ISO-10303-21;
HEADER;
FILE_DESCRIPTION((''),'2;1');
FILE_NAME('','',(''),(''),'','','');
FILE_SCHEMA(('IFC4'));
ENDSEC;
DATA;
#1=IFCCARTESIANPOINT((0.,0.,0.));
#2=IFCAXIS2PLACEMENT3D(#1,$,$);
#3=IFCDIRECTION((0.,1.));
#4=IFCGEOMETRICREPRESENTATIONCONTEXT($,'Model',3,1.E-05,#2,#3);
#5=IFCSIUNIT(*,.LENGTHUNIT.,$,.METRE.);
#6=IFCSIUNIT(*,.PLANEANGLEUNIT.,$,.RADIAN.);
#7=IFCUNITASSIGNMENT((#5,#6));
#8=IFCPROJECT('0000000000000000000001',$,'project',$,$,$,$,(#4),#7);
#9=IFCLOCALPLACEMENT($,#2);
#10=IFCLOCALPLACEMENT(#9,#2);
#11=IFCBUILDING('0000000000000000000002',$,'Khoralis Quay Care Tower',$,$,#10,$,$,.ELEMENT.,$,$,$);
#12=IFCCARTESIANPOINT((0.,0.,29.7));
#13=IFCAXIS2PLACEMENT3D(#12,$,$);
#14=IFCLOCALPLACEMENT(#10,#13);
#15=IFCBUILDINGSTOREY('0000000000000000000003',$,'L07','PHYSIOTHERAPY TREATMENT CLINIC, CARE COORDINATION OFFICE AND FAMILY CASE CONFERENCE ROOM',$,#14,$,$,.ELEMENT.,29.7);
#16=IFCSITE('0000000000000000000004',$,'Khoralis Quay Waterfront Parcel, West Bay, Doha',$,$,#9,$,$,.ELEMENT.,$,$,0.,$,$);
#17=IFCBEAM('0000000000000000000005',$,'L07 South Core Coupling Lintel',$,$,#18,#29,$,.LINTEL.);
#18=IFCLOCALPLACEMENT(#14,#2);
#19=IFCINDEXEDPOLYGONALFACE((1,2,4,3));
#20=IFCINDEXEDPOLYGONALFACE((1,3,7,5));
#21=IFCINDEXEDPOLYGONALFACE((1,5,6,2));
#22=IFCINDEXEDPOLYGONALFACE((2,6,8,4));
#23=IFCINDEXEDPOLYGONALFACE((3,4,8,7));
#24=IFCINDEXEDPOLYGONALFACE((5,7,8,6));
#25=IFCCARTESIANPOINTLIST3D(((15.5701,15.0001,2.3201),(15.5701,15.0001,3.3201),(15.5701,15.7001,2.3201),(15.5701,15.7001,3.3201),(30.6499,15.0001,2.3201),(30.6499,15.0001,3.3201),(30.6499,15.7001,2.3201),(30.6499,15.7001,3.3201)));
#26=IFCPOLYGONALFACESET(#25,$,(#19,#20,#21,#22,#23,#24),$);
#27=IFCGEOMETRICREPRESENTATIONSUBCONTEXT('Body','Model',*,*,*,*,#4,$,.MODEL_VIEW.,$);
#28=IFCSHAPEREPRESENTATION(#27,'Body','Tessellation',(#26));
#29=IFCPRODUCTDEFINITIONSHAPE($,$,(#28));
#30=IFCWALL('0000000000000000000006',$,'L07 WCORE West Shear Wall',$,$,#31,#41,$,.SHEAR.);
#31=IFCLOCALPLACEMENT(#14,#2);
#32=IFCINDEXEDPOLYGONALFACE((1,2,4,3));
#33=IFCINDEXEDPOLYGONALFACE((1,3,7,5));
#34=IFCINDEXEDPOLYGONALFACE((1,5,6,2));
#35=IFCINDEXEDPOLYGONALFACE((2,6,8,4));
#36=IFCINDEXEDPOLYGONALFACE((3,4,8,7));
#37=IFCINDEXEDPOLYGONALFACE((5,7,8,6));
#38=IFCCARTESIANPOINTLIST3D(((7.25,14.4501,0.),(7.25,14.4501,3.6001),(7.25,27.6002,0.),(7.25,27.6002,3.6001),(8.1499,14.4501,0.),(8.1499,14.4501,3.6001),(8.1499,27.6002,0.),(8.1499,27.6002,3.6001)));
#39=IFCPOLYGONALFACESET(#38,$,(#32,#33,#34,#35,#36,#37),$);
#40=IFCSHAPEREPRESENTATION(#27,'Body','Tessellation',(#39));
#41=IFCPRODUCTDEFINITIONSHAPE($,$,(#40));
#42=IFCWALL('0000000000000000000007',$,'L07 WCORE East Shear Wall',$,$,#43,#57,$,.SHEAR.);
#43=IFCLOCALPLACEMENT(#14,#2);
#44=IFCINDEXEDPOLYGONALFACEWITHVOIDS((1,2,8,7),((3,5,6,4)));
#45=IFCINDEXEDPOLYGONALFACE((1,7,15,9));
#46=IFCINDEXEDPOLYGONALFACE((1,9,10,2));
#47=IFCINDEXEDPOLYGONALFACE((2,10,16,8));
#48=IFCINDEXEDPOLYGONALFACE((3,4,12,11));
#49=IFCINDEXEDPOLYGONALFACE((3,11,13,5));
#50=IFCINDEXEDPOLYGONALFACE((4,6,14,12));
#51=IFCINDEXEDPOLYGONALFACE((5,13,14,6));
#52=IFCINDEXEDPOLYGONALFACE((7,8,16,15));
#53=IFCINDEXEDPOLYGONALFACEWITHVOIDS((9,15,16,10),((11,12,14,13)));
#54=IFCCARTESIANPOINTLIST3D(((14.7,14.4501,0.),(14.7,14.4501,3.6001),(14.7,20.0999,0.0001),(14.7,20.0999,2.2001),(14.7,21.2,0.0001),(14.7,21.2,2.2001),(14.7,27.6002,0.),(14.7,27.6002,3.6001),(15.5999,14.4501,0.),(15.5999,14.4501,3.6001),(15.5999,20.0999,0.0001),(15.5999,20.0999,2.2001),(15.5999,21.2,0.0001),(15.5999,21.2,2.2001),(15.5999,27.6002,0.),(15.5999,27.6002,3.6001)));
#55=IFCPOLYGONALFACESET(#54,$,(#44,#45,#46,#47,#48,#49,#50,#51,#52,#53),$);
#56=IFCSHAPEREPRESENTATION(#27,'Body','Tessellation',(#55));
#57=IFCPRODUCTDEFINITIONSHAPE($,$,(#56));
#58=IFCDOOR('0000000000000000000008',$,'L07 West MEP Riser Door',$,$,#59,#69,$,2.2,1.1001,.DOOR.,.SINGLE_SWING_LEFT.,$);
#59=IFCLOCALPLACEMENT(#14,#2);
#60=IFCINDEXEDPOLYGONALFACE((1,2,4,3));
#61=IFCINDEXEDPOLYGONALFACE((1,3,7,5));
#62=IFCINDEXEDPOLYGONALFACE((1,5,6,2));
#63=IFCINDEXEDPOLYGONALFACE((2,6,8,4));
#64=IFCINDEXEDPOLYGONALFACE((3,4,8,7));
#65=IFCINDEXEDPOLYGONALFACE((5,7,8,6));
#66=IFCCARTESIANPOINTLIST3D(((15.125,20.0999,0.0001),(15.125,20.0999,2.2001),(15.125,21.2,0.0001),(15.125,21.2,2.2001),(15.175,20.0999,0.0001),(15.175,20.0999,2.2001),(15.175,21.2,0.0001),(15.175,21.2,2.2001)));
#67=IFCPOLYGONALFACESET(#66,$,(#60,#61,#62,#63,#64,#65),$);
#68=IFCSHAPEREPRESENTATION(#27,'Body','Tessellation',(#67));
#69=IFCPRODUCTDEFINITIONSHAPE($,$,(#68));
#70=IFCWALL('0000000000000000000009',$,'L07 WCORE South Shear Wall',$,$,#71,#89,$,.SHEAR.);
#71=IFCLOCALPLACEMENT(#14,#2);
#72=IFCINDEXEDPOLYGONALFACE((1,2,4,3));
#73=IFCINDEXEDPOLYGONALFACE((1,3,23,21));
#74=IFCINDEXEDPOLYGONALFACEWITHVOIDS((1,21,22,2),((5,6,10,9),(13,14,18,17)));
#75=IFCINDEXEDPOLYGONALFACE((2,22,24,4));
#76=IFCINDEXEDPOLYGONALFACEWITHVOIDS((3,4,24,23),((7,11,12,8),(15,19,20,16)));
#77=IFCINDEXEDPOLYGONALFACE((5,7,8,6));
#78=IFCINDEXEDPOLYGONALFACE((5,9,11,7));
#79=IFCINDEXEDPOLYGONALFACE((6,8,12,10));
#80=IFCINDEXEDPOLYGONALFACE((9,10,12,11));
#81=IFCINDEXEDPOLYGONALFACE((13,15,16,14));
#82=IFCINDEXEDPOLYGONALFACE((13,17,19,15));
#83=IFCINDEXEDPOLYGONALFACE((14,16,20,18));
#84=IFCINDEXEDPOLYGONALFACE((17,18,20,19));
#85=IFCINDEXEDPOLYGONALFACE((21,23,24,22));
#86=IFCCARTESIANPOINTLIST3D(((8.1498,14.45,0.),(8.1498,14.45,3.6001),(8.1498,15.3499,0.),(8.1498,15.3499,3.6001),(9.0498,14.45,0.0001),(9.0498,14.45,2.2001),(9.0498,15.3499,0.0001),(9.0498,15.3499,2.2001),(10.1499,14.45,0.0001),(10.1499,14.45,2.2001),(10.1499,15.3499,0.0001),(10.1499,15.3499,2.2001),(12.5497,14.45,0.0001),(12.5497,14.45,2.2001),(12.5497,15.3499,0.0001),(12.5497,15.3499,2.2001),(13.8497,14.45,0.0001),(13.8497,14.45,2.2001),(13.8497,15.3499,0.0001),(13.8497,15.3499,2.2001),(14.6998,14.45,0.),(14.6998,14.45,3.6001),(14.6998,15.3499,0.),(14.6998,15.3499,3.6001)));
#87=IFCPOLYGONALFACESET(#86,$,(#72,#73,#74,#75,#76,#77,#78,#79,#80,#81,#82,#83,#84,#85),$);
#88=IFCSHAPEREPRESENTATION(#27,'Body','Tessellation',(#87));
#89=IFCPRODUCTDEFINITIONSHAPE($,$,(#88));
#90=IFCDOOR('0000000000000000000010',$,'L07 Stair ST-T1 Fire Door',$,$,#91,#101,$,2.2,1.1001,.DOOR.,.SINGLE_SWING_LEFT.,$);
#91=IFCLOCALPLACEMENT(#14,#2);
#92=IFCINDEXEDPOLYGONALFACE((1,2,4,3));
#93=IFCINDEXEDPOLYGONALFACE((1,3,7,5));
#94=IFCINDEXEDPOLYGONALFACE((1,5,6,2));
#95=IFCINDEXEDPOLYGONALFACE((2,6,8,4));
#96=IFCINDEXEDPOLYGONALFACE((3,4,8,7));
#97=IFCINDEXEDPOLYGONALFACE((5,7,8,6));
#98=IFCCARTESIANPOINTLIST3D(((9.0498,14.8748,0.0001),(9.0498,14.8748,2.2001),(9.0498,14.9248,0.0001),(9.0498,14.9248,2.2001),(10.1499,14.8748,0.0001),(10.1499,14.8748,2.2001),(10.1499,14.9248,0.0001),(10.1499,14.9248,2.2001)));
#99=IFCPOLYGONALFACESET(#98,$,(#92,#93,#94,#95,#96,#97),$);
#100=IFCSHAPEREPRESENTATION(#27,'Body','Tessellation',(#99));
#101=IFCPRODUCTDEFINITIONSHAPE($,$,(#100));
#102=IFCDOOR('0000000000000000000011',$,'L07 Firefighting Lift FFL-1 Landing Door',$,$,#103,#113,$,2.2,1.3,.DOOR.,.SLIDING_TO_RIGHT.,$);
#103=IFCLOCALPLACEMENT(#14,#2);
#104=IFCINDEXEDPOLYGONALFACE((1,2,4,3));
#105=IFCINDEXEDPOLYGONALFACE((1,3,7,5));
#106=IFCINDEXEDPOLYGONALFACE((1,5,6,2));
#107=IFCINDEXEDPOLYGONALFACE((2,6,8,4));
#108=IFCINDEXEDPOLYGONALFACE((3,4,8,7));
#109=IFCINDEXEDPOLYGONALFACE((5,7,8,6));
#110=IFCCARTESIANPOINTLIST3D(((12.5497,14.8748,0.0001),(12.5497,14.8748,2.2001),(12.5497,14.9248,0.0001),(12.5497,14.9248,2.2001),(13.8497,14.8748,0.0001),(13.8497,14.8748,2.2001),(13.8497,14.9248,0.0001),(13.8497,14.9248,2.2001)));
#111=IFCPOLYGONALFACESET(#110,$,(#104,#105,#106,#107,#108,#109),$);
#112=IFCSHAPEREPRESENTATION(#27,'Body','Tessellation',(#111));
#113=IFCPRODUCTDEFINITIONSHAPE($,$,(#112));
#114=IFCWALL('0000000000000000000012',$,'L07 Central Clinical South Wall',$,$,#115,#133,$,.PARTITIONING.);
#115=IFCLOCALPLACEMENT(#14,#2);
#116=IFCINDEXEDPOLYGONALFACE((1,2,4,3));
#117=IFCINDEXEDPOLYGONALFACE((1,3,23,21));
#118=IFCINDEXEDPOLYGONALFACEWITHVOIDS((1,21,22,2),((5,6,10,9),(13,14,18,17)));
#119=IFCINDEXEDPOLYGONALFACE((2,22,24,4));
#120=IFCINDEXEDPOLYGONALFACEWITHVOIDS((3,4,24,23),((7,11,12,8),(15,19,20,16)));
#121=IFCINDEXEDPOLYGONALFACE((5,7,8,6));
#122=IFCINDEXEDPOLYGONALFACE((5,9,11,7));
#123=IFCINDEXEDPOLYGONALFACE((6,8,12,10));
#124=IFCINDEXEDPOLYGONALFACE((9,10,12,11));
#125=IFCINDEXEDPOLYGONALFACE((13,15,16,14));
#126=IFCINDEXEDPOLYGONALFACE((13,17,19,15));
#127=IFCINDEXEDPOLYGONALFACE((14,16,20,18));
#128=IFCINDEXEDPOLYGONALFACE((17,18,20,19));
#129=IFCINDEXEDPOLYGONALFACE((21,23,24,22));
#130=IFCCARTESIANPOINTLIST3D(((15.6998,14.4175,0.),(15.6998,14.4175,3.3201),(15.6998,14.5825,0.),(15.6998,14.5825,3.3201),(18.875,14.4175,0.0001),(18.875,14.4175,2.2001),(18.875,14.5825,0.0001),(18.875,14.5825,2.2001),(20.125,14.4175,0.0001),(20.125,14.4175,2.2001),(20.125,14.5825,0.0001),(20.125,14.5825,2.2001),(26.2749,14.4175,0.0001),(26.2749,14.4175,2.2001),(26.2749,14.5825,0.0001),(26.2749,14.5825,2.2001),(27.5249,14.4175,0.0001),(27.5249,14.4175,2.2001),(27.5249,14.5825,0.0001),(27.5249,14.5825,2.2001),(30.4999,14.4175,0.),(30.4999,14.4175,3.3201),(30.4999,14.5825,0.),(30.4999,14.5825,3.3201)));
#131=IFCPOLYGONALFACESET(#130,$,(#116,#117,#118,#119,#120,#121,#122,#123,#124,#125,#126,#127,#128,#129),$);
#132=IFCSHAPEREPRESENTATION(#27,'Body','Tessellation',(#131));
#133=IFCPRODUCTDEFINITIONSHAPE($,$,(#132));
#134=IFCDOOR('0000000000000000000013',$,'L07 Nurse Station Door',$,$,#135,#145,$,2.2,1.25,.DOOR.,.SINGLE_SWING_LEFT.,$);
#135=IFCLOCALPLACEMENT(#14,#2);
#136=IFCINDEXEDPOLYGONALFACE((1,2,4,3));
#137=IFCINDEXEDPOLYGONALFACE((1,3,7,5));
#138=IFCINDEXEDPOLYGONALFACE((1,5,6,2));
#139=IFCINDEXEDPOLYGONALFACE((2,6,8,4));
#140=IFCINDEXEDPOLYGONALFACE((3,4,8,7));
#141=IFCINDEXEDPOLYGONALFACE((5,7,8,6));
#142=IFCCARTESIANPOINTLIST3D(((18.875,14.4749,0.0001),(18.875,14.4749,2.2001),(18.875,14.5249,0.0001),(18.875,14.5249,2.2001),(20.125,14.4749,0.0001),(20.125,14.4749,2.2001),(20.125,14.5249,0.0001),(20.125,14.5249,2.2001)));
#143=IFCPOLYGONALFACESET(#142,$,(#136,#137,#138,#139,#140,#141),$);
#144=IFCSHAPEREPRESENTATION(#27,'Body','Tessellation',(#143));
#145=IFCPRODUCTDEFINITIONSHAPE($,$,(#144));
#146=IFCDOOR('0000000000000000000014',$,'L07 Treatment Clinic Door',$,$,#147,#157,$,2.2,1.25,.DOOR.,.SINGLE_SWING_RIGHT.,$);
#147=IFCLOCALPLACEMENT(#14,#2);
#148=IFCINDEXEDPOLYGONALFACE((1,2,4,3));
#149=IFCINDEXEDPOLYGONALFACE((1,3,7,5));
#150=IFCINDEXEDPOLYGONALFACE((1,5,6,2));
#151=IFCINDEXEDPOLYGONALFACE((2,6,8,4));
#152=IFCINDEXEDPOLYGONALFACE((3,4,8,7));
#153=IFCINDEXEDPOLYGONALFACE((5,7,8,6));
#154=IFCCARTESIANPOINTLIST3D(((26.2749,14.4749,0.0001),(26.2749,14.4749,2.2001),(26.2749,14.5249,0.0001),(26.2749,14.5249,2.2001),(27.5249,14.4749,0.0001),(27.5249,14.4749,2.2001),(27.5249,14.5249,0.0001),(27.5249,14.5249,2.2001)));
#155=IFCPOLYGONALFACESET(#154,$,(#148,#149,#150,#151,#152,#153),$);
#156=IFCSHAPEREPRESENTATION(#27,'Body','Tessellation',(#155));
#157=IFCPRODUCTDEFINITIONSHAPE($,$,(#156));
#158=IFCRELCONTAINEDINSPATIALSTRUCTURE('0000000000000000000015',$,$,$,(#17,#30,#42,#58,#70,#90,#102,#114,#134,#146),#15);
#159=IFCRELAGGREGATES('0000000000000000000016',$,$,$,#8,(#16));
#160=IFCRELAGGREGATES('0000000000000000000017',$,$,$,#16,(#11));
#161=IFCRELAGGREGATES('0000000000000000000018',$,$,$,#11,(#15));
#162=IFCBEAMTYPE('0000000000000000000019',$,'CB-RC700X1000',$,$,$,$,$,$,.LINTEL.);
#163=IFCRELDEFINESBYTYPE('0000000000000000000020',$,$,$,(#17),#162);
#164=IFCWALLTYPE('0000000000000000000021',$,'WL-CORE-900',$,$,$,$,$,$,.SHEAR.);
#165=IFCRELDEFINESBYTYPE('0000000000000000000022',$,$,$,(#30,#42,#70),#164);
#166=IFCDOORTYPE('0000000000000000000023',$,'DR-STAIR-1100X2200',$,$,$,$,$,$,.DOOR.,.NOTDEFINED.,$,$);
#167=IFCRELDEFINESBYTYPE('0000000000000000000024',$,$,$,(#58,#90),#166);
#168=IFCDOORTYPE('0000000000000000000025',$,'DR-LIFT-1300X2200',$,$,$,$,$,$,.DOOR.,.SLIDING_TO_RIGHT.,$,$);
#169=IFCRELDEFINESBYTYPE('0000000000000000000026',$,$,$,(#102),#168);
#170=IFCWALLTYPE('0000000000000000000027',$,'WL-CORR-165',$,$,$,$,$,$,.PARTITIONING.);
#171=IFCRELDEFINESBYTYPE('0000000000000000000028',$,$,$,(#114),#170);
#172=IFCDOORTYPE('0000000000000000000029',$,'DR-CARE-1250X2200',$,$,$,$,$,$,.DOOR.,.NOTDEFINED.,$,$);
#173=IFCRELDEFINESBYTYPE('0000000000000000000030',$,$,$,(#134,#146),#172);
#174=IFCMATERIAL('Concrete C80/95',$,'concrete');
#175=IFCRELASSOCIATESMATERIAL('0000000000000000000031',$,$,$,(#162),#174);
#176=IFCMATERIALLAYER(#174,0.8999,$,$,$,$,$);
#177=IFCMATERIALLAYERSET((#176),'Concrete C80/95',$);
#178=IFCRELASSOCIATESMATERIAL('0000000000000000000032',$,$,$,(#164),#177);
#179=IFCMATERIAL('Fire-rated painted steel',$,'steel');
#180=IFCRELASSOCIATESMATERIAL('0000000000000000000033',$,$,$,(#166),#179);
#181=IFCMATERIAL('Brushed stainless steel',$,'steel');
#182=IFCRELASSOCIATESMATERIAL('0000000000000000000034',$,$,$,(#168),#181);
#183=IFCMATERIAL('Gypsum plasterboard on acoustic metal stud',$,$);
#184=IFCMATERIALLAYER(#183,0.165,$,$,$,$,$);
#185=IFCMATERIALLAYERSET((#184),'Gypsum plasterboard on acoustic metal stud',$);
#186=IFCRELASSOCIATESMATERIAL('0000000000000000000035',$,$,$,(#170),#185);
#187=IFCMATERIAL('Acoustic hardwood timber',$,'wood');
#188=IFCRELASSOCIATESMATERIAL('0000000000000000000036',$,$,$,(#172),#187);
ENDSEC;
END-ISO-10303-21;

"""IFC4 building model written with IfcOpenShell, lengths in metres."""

from ifc_helpers import new_model, si_unit, direction, frame, frame_2d, origin, origin_2d, place, context, subcontext, project, spatial, rectangle, extrude, source, transform, mapped, material, layer, layer_set, material_profile, profile_set, type_object, element, fill, save


model = new_model("IFC4")

# Units and contexts
model_context = context("Model", 3, precision=1e-05, world=origin(), true_north=direction((0.0, 1.0)))
body_context = subcontext(model_context, "Body", "Model", "MODEL_VIEW")
ifc_project = project(units=[si_unit("LENGTHUNIT", "METRE"), si_unit("PLANEANGLEUNIT", "RADIAN")], contexts=[model_context])

# Site, building, storey
site_placement = place(None, origin())
site = spatial("IfcSite", under=ifc_project, at=site_placement, Name="Khoralis Quay Waterfront Parcel, West Bay, Doha", CompositionType="ELEMENT", RefElevation=0.0)
building_placement = place(site_placement, origin())
building = spatial("IfcBuilding", under=site, at=building_placement, Name="Khoralis Quay Care Tower", CompositionType="ELEMENT")
storey_placement = place(building_placement, frame((0.0, 0.0, 29.7)))
storey = spatial("IfcBuildingStorey", under=building, at=storey_placement, Name="L07", Description="PHYSIOTHERAPY TREATMENT CLINIC, CARE COORDINATION OFFICE AND FAMILY CASE CONFERENCE ROOM", CompositionType="ELEMENT", Elevation=29.7)

# Beam
ifc_material_1 = material(Name="Concrete C80/95", Category="concrete")
ifc_material_profile = material_profile(ifc_material_1, rectangle(XDim=0.7, YDim=1.0, at=origin_2d()), Name="Concrete C80/95")
ifc_profile_set = profile_set([ifc_material_profile], Name="Concrete C80/95")
beam_type = type_object("IfcBeamType", Name="CB-RC700X1000", PredefinedType="LINTEL", material=ifc_profile_set)
shared_shape_1 = source(origin(), body_context, "Body", "SweptSolid", [
    extrude(rectangle(XDim=0.7, YDim=1.0, at=origin_2d()), origin(), (0.0, 0.0, 1.0), 15.0798),
])
beam_placement = place(storey_placement, frame((15.5701, 15.3501, 2.8201), z_axis=(1.0, 0.0, 0.0), x_axis=(0.0, 1.0, 0.0)))
element("IfcBeam", 1, at=beam_placement, inside=storey, type_object=beam_type, Name="L07 South Core Coupling Lintel", PredefinedType="LINTEL", context=body_context, shape_type="MappedRepresentation", body=[
    mapped(shared_shape_1, transform((0.0, 0.0, 0.0), scale=1.0)),
])

# Wall
ifc_layer_1 = layer(ifc_material_1, 0.8999)
ifc_layer_set_1 = layer_set([ifc_layer_1], Name="Concrete C80/95")
wall_type_1 = type_object("IfcWallType", Name="WL-CORE-900", PredefinedType="SHEAR", material=ifc_layer_set_1)
wall_1_placement = place(storey_placement, frame((7.7, 14.45, 0.0), z_axis=(0.0, 0.0, 1.0), x_axis=(0.0, 1.0, 0.0)))
element("IfcWall", 2, at=wall_1_placement, inside=storey, type_object=wall_type_1, Name="L07 WCORE West Shear Wall", PredefinedType="SHEAR", context=body_context, shape_type="SweptSolid", body=[
    extrude(rectangle(XDim=13.1501, YDim=0.8999, at=frame_2d((6.5752, 0.0))), origin(), (0.0, 0.0, 1.0), 3.6001),
])

# Wall, opening, door
wall_2_placement = place(storey_placement, frame((15.1499, 14.45, 0.0), z_axis=(0.0, 0.0, 1.0), x_axis=(0.0, 1.0, 0.0)))
wall_2 = element("IfcWall", 3, at=wall_2_placement, inside=storey, type_object=wall_type_1, Name="L07 WCORE East Shear Wall", PredefinedType="SHEAR", context=body_context, shape_type="SweptSolid", body=[
    extrude(rectangle(XDim=13.1501, YDim=0.8999, at=frame_2d((6.5752, 0.0))), origin(), (0.0, 0.0, 1.0), 3.6001),
])
opening_1_placement = place(wall_2_placement, frame((5.6499, 0.0, 0.0)))
opening_1 = element("IfcOpeningElement", 4, at=opening_1_placement, cuts=wall_2, PredefinedType="OPENING", context=body_context, shape_type="SweptSolid", body=[
    extrude(rectangle(XDim=1.1001, YDim=2.2, at=frame_2d((0.55, 1.1001))), frame((0.0, 0.46, 0.0), z_axis=(0.0, -1.0, 0.0), x_axis=(1.0, 0.0, 0.0)), (0.0, 0.0, 1.0), 0.9199),
])
ifc_material_2 = material(Name="Fire-rated painted steel", Category="steel")
door_type_1 = type_object("IfcDoorType", Name="DR-STAIR-1100X2200", OperationType="NOTDEFINED", PredefinedType="DOOR", material=ifc_material_2)
shared_shape_2 = source(origin(), body_context, "Body", "SweptSolid", [
    extrude(rectangle(XDim=1.1001, YDim=2.2, at=frame_2d((0.55, 1.1001))), frame((0.0, 0.0249, 0.0), z_axis=(0.0, -1.0, 0.0), x_axis=(1.0, 0.0, 0.0)), (0.0, 0.0, 1.0), 0.05),
])
door_1_placement = place(opening_1_placement, origin())
door_1 = element("IfcDoor", 5, at=door_1_placement, inside=storey, type_object=door_type_1, Name="L07 West MEP Riser Door", OperationType="SINGLE_SWING_LEFT", OverallHeight=2.2, OverallWidth=1.1001, PredefinedType="DOOR", context=body_context, shape_type="MappedRepresentation", body=[
    mapped(shared_shape_2, transform((0.0, 0.0, 0.0), scale=1.0)),
])
fill(opening_1, door_1)

# Walls, openings, doors
wall_3_placement = place(storey_placement, frame((8.1499, 14.8999, 0.0), z_axis=(0.0, 0.0, 1.0), x_axis=(1.0, 0.0, 0.0)))
wall_3 = element("IfcWall", 6, at=wall_3_placement, inside=storey, type_object=wall_type_1, Name="L07 WCORE South Shear Wall", PredefinedType="SHEAR", context=body_context, shape_type="SweptSolid", body=[
    extrude(rectangle(XDim=6.55, YDim=0.8999, at=frame_2d((3.2749, 0.0))), origin(), (0.0, 0.0, 1.0), 3.6001),
])
opening_2_placement = place(wall_3_placement, frame((0.8999, 0.0, 0.0)))
opening_2 = element("IfcOpeningElement", 7, at=opening_2_placement, cuts=wall_3, PredefinedType="OPENING", context=body_context, shape_type="SweptSolid", body=[
    extrude(rectangle(XDim=1.1001, YDim=2.2, at=frame_2d((0.55, 1.1001))), frame((0.0, 0.46, 0.0), z_axis=(0.0, -1.0, 0.0), x_axis=(1.0, 0.0, 0.0)), (0.0, 0.0, 1.0), 0.9199),
])
opening_3_placement = place(wall_3_placement, frame((4.3999, 0.0, 0.0)))
opening_3 = element("IfcOpeningElement", 8, at=opening_3_placement, cuts=wall_3, PredefinedType="OPENING", context=body_context, shape_type="SweptSolid", body=[
    extrude(rectangle(XDim=1.3, YDim=2.2, at=frame_2d((0.6499, 1.1001))), frame((0.0, 0.46, 0.0), z_axis=(0.0, -1.0, 0.0), x_axis=(1.0, 0.0, 0.0)), (0.0, 0.0, 1.0), 0.9199),
])
door_2_placement = place(opening_2_placement, origin())
door_2 = element("IfcDoor", 9, at=door_2_placement, inside=storey, type_object=door_type_1, Name="L07 Stair ST-T1 Fire Door", OperationType="SINGLE_SWING_LEFT", OverallHeight=2.2, OverallWidth=1.1001, PredefinedType="DOOR", context=body_context, shape_type="MappedRepresentation", body=[
    mapped(shared_shape_2, transform((0.0, 0.0, 0.0), scale=1.0)),
])
fill(opening_2, door_2)
ifc_material_3 = material(Name="Brushed stainless steel", Category="steel")
door_type_2 = type_object("IfcDoorType", Name="DR-LIFT-1300X2200", OperationType="SLIDING_TO_RIGHT", PredefinedType="DOOR", material=ifc_material_3)
shared_shape_3 = source(origin(), body_context, "Body", "SweptSolid", [
    extrude(rectangle(XDim=1.3, YDim=2.2, at=frame_2d((0.6499, 1.1001))), frame((0.0, 0.0249, 0.0), z_axis=(0.0, -1.0, 0.0), x_axis=(1.0, 0.0, 0.0)), (0.0, 0.0, 1.0), 0.05),
])
door_3_placement = place(opening_3_placement, origin())
door_3 = element("IfcDoor", 10, at=door_3_placement, inside=storey, type_object=door_type_2, Name="L07 Firefighting Lift FFL-1 Landing Door", OperationType="SLIDING_TO_RIGHT", OverallHeight=2.2, OverallWidth=1.3, PredefinedType="DOOR", context=body_context, shape_type="MappedRepresentation", body=[
    mapped(shared_shape_3, transform((0.0, 0.0, 0.0), scale=1.0)),
])
fill(opening_3, door_3)
ifc_material_4 = material(Name="Gypsum plasterboard on acoustic metal stud")
ifc_layer_2 = layer(ifc_material_4, 0.165)
ifc_layer_set_2 = layer_set([ifc_layer_2], Name="Gypsum plasterboard on acoustic metal stud")
wall_type_2 = type_object("IfcWallType", Name="WL-CORR-165", PredefinedType="PARTITIONING", material=ifc_layer_set_2)
wall_4_placement = place(storey_placement, frame((15.7, 14.5, 0.0), z_axis=(0.0, 0.0, 1.0), x_axis=(1.0, 0.0, 0.0)))
wall_4 = element("IfcWall", 11, at=wall_4_placement, inside=storey, type_object=wall_type_2, Name="L07 Central Clinical South Wall", PredefinedType="PARTITIONING", context=body_context, shape_type="SweptSolid", body=[
    extrude(rectangle(XDim=14.8, YDim=0.165, at=frame_2d((7.3999, 0.0))), origin(), (0.0, 0.0, 1.0), 3.3201),
])
opening_4_placement = place(wall_4_placement, frame((3.175, 0.0, 0.0)))
opening_4 = element("IfcOpeningElement", 12, at=opening_4_placement, cuts=wall_4, PredefinedType="OPENING", context=body_context, shape_type="SweptSolid", body=[
    extrude(rectangle(XDim=1.25, YDim=2.2, at=frame_2d((0.625, 1.1001))), frame((0.0, 0.0925, 0.0), z_axis=(0.0, -1.0, 0.0), x_axis=(1.0, 0.0, 0.0)), (0.0, 0.0, 1.0), 0.1851),
])
opening_5_placement = place(wall_4_placement, frame((10.575, 0.0, 0.0)))
opening_5 = element("IfcOpeningElement", 13, at=opening_5_placement, cuts=wall_4, PredefinedType="OPENING", context=body_context, shape_type="SweptSolid", body=[
    extrude(rectangle(XDim=1.25, YDim=2.2, at=frame_2d((0.625, 1.1001))), frame((0.0, 0.0925, 0.0), z_axis=(0.0, -1.0, 0.0), x_axis=(1.0, 0.0, 0.0)), (0.0, 0.0, 1.0), 0.1851),
])
ifc_material_5 = material(Name="Acoustic hardwood timber", Category="wood")
door_type_3 = type_object("IfcDoorType", Name="DR-CARE-1250X2200", OperationType="NOTDEFINED", PredefinedType="DOOR", material=ifc_material_5)
shared_shape_4 = source(origin(), body_context, "Body", "SweptSolid", [
    extrude(rectangle(XDim=1.25, YDim=2.2, at=frame_2d((0.625, 1.1001))), frame((0.0, 0.0249, 0.0), z_axis=(0.0, -1.0, 0.0), x_axis=(1.0, 0.0, 0.0)), (0.0, 0.0, 1.0), 0.05),
])
door_4_placement = place(opening_4_placement, origin())
door_4 = element("IfcDoor", 14, at=door_4_placement, inside=storey, type_object=door_type_3, Name="L07 Nurse Station Door", OperationType="SINGLE_SWING_LEFT", OverallHeight=2.2, OverallWidth=1.25, PredefinedType="DOOR", context=body_context, shape_type="MappedRepresentation", body=[
    mapped(shared_shape_4, transform((0.0, 0.0, 0.0), scale=1.0)),
])
fill(opening_4, door_4)
door_5_placement = place(opening_5_placement, origin())
door_5 = element("IfcDoor", 15, at=door_5_placement, inside=storey, type_object=door_type_3, Name="L07 Treatment Clinic Door", OperationType="SINGLE_SWING_RIGHT", OverallHeight=2.2, OverallWidth=1.25, PredefinedType="DOOR", context=body_context, shape_type="MappedRepresentation", body=[
    mapped(shared_shape_4, transform((0.0, 0.0, 0.0), scale=1.0)),
])
fill(opening_5, door_5)

save(model, "model.ifc")
